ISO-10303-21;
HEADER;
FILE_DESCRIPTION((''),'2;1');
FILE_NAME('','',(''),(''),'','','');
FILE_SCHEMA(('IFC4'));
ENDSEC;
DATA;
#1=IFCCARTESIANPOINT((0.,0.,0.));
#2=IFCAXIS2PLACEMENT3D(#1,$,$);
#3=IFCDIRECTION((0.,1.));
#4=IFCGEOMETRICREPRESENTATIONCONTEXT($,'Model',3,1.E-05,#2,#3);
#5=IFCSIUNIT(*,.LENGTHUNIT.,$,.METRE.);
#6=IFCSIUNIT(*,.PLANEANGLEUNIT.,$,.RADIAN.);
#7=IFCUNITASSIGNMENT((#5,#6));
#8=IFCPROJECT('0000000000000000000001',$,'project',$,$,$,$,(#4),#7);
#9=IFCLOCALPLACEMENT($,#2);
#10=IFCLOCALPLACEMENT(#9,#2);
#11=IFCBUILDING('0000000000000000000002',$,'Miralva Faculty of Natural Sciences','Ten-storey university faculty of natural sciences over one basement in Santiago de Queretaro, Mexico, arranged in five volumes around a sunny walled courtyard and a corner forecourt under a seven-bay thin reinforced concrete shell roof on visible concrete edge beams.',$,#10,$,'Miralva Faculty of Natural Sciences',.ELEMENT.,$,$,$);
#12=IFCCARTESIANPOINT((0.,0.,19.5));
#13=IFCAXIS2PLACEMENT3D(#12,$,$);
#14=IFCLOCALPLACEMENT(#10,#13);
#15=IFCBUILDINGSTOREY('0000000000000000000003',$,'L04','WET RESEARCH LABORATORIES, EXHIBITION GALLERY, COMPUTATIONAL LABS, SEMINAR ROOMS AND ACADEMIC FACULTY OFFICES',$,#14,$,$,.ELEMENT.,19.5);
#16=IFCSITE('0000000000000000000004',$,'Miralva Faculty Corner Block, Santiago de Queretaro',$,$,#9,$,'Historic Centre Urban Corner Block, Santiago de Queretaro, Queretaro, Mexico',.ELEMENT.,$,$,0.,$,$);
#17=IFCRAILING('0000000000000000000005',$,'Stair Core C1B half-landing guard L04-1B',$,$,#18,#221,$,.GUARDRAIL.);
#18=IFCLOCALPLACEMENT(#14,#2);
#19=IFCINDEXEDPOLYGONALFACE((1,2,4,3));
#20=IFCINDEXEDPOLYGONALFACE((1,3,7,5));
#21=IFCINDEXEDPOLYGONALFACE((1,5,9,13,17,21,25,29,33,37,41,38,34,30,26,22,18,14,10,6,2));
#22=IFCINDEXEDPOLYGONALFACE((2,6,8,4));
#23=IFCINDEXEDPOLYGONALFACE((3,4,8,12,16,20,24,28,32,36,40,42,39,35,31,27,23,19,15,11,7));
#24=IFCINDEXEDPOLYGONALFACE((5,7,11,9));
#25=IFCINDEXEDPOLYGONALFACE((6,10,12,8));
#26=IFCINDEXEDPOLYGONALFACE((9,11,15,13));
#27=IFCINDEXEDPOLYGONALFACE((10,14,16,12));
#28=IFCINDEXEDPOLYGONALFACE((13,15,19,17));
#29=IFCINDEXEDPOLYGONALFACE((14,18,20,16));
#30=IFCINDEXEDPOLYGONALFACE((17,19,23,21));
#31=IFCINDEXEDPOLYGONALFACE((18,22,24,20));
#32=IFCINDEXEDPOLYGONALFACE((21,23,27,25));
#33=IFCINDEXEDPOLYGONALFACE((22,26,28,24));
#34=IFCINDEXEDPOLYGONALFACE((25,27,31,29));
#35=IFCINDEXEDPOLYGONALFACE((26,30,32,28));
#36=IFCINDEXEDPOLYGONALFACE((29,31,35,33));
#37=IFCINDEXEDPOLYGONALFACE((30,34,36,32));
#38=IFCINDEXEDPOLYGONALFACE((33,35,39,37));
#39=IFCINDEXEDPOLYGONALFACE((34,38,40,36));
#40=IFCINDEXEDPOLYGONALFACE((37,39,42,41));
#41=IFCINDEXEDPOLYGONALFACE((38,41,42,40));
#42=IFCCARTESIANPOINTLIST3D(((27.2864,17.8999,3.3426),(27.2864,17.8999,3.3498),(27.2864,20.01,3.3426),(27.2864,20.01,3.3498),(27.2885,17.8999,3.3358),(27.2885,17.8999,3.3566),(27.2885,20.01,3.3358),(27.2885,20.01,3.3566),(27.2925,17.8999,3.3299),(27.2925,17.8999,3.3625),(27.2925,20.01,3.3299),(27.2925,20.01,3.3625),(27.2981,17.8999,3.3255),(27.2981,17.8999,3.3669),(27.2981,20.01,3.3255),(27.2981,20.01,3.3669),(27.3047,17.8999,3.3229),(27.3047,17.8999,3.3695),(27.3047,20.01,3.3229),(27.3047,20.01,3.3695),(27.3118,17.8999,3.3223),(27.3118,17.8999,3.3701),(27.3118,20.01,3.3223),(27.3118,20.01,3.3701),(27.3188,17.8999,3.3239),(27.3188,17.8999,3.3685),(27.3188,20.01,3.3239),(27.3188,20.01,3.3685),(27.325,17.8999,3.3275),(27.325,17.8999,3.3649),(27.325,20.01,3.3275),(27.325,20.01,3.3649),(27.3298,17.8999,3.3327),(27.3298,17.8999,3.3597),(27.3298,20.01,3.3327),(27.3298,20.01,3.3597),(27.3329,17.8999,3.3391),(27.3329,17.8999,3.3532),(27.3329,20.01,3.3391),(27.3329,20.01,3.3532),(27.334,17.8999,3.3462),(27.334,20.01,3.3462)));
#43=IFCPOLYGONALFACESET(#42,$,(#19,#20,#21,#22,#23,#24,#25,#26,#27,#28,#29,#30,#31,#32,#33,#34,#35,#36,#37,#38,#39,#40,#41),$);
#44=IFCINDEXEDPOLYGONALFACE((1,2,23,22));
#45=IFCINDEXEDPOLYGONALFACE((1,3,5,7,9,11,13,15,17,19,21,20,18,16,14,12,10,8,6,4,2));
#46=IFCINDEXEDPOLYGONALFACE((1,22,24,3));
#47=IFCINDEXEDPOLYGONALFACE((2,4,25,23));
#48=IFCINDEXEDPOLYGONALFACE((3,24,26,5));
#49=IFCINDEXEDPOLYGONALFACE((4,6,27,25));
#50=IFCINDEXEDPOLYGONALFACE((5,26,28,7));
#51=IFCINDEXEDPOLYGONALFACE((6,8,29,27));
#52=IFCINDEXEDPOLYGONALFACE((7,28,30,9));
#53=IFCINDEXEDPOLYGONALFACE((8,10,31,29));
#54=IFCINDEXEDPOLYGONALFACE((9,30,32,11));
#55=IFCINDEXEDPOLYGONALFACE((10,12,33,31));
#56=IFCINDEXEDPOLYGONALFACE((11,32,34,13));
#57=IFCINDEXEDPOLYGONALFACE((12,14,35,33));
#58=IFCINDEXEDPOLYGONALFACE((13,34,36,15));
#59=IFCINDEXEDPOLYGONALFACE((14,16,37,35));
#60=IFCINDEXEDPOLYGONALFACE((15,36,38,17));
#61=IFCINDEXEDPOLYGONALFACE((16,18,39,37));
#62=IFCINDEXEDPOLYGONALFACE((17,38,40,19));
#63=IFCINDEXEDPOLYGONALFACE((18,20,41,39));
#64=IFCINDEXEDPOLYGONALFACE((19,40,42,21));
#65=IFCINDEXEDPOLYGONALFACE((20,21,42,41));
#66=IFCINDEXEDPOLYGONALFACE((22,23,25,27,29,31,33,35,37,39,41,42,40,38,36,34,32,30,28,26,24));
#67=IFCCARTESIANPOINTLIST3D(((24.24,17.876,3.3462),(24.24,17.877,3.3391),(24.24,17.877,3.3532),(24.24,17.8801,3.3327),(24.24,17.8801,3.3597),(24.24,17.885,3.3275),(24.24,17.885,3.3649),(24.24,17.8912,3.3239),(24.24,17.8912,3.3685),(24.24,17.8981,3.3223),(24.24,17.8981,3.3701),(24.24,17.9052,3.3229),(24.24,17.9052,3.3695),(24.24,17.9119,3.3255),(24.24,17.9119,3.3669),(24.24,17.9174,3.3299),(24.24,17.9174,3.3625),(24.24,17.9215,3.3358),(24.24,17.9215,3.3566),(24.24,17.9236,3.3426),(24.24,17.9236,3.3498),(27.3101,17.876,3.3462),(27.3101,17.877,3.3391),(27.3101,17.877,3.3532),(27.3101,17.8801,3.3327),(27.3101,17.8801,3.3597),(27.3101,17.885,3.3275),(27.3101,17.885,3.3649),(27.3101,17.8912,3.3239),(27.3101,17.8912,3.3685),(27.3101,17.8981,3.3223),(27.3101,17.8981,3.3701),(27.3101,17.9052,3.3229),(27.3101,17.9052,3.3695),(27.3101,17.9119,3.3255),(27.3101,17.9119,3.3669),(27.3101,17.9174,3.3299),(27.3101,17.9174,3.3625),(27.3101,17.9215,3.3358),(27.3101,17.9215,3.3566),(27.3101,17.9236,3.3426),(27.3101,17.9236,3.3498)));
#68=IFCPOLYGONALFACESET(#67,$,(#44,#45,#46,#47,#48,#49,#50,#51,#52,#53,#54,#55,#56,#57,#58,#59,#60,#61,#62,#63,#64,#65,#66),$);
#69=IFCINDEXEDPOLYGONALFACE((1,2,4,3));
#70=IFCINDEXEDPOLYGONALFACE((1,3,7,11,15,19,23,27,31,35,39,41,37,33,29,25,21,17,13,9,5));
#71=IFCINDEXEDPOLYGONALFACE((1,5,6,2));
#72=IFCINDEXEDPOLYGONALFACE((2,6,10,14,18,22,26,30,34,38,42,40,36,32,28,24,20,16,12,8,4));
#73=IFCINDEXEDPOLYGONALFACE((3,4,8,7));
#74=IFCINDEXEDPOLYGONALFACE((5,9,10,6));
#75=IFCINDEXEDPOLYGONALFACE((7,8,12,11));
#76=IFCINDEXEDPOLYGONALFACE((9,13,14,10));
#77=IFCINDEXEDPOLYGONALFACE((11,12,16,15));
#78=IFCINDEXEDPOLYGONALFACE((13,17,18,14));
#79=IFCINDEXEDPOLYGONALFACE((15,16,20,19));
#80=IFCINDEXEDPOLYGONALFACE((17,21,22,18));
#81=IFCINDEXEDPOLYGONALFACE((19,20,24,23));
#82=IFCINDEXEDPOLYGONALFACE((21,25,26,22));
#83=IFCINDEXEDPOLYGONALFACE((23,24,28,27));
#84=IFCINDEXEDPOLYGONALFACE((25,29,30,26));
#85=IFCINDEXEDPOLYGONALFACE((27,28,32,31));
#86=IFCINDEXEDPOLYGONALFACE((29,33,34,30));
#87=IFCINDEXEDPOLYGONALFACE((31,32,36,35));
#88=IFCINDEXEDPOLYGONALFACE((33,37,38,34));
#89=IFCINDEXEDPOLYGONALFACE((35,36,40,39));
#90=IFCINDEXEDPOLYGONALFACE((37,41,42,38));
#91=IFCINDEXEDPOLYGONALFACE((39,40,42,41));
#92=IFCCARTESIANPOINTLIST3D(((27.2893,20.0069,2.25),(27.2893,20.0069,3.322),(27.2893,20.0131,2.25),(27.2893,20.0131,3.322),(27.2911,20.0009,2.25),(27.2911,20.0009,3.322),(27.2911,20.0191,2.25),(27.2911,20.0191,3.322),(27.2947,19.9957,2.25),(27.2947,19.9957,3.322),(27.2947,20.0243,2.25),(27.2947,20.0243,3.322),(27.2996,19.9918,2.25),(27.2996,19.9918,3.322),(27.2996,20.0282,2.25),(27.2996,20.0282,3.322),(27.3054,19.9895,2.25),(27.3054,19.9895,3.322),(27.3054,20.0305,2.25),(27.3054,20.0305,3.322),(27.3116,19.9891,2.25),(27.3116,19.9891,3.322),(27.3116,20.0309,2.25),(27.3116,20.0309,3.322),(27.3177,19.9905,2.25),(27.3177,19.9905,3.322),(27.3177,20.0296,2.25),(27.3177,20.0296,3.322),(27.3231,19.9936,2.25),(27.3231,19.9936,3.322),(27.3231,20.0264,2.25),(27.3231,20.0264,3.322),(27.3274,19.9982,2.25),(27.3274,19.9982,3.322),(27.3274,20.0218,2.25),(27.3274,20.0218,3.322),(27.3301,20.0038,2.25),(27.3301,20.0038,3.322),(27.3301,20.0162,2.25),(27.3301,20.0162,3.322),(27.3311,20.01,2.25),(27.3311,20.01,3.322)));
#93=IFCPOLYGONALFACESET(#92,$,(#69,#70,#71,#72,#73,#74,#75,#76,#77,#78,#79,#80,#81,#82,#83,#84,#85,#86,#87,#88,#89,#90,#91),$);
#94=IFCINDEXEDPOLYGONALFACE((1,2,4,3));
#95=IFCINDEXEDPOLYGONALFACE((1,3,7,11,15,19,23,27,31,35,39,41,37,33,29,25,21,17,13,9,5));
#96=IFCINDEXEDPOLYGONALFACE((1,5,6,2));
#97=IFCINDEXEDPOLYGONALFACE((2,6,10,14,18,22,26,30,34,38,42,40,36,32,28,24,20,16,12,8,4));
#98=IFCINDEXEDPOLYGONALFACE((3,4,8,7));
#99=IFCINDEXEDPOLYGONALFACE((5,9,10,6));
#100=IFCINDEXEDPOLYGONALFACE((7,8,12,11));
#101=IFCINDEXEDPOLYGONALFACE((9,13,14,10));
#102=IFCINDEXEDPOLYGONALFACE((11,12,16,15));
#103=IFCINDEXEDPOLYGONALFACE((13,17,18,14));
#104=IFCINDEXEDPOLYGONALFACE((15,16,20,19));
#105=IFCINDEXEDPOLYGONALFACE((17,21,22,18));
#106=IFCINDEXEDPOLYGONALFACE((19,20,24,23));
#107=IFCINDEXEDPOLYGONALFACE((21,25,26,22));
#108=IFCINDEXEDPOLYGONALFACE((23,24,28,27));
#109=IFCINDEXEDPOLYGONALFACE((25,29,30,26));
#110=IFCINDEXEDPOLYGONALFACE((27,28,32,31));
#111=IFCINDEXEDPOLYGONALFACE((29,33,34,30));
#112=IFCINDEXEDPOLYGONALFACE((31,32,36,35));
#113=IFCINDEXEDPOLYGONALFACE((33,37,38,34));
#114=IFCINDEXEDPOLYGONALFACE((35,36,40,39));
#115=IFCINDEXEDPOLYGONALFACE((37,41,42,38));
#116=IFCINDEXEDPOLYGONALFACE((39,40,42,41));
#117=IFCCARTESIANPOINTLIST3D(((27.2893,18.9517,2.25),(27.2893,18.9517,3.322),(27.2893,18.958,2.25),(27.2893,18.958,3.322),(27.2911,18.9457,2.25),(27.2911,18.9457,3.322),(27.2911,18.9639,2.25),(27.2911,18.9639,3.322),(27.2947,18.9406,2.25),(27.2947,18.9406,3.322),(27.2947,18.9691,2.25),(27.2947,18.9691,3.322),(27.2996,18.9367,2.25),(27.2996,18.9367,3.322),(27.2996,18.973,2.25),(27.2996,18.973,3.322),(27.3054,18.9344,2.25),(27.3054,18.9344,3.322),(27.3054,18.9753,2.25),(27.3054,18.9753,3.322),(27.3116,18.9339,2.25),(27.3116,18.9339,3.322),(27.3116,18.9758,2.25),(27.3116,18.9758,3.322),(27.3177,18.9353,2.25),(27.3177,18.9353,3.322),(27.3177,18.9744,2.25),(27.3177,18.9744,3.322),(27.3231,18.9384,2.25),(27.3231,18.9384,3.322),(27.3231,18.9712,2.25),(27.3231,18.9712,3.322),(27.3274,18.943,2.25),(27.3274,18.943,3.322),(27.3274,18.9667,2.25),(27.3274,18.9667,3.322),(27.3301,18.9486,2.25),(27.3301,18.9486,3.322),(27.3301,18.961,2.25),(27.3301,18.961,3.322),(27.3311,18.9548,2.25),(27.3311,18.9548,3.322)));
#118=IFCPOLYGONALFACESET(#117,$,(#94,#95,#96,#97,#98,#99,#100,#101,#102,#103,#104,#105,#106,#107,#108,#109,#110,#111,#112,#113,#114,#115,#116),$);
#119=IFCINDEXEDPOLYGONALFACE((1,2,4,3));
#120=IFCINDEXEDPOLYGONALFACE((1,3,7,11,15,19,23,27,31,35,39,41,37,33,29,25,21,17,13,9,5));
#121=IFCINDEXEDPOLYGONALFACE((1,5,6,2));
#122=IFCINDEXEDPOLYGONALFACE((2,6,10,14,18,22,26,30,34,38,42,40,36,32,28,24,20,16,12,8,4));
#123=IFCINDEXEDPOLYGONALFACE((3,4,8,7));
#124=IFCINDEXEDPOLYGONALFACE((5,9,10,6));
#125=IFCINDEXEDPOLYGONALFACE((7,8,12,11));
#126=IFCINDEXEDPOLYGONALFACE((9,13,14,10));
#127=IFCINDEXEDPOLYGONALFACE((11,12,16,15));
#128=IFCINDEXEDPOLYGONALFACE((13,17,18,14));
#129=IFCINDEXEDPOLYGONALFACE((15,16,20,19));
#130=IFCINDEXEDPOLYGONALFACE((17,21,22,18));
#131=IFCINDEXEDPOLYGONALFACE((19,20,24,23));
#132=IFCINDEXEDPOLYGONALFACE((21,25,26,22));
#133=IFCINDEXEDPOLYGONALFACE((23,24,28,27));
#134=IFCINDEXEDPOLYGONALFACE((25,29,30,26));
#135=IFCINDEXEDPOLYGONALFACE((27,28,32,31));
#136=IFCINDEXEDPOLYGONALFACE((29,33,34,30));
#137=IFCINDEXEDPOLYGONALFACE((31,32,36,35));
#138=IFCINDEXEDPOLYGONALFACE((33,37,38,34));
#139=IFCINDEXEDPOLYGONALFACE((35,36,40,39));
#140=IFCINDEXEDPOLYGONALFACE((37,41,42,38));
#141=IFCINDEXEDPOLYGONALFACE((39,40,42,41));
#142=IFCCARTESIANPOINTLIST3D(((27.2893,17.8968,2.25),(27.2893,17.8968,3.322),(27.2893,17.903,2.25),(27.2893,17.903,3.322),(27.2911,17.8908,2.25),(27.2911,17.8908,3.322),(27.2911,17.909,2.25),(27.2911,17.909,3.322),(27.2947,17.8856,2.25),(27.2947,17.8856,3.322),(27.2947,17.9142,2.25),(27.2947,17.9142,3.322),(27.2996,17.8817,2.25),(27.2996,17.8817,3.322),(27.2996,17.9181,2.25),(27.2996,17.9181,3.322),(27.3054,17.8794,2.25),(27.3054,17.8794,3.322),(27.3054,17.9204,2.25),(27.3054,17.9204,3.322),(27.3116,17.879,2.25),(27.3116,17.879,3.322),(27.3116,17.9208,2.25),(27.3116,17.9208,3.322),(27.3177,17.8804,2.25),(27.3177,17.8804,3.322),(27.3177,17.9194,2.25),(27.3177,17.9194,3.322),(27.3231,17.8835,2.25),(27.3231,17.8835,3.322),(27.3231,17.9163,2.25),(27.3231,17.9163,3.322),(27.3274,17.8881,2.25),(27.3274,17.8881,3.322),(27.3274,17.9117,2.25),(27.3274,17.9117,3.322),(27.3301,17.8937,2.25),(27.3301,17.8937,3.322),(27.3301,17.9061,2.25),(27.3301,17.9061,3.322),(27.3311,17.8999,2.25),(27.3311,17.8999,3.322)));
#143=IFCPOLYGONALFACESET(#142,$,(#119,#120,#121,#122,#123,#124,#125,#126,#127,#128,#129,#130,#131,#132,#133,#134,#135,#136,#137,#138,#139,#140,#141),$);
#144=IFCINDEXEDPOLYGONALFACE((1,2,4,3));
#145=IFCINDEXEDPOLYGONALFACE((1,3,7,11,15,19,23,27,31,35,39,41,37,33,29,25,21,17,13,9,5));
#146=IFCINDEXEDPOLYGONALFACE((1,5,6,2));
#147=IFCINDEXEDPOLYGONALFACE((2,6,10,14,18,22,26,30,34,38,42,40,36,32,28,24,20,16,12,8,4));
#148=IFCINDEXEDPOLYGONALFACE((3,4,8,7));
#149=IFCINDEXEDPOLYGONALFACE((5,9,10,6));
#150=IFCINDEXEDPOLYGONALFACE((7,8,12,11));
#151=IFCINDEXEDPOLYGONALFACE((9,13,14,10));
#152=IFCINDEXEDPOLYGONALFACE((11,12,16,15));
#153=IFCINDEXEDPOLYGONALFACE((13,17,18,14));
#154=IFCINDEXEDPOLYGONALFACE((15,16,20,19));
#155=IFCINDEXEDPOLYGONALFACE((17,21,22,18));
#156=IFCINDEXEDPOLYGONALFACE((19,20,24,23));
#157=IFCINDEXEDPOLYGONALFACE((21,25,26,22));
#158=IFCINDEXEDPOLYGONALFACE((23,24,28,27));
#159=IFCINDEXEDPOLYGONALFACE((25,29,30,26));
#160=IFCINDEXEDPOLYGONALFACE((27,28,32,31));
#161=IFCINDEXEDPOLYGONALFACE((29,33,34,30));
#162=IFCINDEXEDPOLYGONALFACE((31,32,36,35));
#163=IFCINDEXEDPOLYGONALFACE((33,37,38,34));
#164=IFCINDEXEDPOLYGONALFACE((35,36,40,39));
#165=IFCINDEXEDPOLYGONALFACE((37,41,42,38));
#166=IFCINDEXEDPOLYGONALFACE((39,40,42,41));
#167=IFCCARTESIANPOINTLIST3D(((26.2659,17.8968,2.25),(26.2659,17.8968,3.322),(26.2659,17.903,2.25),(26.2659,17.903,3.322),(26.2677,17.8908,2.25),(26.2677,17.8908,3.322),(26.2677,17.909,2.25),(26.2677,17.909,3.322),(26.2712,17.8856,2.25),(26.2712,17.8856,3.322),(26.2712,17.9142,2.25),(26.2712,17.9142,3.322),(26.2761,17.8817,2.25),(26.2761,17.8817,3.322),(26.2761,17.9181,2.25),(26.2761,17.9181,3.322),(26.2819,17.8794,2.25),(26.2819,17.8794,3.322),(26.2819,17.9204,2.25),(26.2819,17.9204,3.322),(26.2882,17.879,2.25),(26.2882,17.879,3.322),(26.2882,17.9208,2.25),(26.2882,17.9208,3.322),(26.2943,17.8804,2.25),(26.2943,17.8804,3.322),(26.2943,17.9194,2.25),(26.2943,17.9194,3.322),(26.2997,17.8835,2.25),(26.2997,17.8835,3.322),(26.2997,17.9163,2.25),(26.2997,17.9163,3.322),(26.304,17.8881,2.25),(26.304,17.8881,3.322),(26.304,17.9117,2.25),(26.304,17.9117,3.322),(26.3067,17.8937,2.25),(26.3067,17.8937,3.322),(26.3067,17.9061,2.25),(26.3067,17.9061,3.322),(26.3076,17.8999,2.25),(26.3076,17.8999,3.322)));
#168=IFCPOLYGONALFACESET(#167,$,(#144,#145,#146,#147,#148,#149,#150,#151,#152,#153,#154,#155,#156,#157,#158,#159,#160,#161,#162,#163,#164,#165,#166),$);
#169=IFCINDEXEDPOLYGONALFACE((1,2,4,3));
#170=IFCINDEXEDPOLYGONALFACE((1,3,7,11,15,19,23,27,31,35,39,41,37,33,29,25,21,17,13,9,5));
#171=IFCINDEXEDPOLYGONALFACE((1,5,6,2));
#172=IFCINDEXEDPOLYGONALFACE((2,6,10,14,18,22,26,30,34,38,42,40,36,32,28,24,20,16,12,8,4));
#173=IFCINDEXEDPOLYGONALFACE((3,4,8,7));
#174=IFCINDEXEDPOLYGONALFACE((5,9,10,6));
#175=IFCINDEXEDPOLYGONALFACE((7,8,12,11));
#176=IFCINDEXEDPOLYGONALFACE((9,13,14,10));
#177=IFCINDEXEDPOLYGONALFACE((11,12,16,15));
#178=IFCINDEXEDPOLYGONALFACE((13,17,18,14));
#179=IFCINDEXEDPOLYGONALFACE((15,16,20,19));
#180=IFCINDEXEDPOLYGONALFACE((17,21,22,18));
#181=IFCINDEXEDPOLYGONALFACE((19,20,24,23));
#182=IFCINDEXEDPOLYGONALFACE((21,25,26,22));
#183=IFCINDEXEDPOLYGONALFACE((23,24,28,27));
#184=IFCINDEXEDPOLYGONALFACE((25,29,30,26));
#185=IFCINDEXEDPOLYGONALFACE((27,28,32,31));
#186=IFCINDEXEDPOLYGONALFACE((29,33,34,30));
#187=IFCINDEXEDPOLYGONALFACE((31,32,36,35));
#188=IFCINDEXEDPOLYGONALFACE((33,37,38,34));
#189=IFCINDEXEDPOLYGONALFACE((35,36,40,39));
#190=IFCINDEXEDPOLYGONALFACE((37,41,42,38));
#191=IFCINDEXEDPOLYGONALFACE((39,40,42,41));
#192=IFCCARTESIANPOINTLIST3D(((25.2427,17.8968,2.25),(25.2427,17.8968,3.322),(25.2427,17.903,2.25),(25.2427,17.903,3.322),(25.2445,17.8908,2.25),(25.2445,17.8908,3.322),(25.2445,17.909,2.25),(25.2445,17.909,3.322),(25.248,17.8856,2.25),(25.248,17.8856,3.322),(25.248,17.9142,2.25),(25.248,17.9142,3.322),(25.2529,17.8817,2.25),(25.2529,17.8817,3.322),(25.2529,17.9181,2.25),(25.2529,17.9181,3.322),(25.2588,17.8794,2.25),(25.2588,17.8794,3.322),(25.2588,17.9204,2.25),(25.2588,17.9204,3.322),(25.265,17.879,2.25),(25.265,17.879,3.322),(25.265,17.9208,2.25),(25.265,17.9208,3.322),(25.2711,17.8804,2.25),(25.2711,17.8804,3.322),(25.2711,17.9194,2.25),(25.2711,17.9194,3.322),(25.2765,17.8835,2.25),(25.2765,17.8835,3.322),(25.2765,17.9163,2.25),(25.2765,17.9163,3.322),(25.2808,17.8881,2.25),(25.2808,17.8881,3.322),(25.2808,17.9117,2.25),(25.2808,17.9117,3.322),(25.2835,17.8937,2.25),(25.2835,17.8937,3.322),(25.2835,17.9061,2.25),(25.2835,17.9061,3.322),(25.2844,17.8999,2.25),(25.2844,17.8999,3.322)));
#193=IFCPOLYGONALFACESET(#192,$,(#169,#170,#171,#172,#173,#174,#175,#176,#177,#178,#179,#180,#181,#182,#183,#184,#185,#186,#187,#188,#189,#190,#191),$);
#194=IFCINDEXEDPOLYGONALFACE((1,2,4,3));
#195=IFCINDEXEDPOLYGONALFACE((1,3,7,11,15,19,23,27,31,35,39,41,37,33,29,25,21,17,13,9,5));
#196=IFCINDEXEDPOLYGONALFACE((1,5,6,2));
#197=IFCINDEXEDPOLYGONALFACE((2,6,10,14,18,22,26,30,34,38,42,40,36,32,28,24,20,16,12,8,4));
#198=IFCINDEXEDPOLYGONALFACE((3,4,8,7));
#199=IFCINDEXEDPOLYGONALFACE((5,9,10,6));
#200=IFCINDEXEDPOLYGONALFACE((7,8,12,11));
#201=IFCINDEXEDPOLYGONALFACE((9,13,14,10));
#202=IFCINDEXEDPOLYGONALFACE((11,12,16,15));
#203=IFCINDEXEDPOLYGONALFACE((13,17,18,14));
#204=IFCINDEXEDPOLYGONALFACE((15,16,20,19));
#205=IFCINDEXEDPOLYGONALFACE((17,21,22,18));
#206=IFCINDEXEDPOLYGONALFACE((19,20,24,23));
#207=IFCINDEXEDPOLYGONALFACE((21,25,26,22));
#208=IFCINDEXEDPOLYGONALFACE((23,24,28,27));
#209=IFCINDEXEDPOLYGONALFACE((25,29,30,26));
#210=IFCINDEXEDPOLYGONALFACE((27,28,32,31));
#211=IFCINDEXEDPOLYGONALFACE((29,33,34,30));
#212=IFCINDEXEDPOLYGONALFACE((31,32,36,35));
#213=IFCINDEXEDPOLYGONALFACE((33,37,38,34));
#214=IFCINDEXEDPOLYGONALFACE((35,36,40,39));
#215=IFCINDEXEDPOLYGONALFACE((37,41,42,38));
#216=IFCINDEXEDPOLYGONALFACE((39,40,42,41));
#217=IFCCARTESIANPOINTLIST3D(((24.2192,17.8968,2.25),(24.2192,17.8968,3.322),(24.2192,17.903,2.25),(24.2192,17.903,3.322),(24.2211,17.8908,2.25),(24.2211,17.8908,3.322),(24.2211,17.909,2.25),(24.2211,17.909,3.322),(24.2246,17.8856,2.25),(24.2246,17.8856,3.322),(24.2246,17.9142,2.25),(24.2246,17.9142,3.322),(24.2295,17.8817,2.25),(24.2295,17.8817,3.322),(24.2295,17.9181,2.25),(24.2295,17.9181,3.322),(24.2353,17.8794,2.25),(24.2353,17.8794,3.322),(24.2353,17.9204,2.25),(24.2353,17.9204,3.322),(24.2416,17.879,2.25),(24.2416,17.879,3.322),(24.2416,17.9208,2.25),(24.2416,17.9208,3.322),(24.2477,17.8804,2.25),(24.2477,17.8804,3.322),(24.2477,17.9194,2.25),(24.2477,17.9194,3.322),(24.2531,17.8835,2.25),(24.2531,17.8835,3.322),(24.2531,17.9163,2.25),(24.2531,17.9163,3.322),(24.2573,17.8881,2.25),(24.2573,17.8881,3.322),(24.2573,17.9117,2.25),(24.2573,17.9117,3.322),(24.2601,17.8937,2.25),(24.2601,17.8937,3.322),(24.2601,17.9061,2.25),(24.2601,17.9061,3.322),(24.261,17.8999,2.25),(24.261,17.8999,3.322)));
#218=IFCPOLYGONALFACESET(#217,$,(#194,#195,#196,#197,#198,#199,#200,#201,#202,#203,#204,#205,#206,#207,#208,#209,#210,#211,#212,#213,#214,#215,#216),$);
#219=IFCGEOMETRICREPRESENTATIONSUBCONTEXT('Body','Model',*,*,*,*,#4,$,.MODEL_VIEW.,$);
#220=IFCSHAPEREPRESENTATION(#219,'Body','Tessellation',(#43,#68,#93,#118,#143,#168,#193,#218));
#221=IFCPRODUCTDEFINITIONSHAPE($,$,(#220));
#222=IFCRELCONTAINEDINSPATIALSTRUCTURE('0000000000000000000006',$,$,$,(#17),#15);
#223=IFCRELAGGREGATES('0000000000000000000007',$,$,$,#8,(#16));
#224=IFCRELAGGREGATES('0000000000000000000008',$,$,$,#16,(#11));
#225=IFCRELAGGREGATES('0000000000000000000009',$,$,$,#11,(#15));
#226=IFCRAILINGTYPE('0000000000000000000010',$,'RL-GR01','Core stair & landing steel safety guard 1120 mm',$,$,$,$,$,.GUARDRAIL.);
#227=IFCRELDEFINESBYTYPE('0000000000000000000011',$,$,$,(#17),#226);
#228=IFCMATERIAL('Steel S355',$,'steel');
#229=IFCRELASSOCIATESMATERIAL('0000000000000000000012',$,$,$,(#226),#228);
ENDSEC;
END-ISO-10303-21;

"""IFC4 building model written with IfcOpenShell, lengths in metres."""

from ifc_helpers import new_model, si_unit, direction, frame, origin, origin_2d, place, context, subcontext, project, spatial, circle, extrude, material, type_object, element, save


model = new_model("IFC4")

# Units and contexts
model_context = context("Model", 3, precision=1e-05, world=origin(), true_north=direction((0.0, 1.0)))
body_context = subcontext(model_context, "Body", "Model", "MODEL_VIEW")
ifc_project = project(units=[si_unit("LENGTHUNIT", "METRE"), si_unit("PLANEANGLEUNIT", "RADIAN")], contexts=[model_context])

# Site, building, storey
site_placement = place(None, origin())
site = spatial("IfcSite", under=ifc_project, at=site_placement, Name="Miralva Faculty Corner Block, Santiago de Queretaro", LongName="Historic Centre Urban Corner Block, Santiago de Queretaro, Queretaro, Mexico", CompositionType="ELEMENT", RefElevation=0.0)
building_placement = place(site_placement, origin())
building = spatial("IfcBuilding", under=site, at=building_placement, Name="Miralva Faculty of Natural Sciences", Description="Ten-storey university faculty of natural sciences over one basement in Santiago de Queretaro, Mexico, arranged in five volumes around a sunny walled courtyard and a corner forecourt under a seven-bay thin reinforced concrete shell roof on visible concrete edge beams.", LongName="Miralva Faculty of Natural Sciences", CompositionType="ELEMENT")
storey_placement = place(building_placement, frame((0.0, 0.0, 19.5)))
storey = spatial("IfcBuildingStorey", under=building, at=storey_placement, Name="L04", Description="WET RESEARCH LABORATORIES, EXHIBITION GALLERY, COMPUTATIONAL LABS, SEMINAR ROOMS AND ACADEMIC FACULTY OFFICES", CompositionType="ELEMENT", Elevation=19.5)

# Railing
ifc_material_1 = material(Name="Steel S355", Category="steel")
railing_type = type_object("IfcRailingType", Name="RL-GR01", Description="Core stair & landing steel safety guard 1120 mm", PredefinedType="GUARDRAIL", material=ifc_material_1)
railing_1_placement = place(storey_placement, frame((27.3101, 20.01, 2.25)))
element("IfcRailing", 1, at=railing_1_placement, inside=storey, type_object=railing_type, Name="Stair Core C1B half-landing guard L04-1B", PredefinedType="GUARDRAIL", context=body_context, shape_type="SweptSolid", body=[
    extrude(circle(Radius=0.0239, at=origin_2d()), frame((0.0, 0.0, 1.0962), z_axis=(0.0, -1.0, 0.0), x_axis=(1.0, 0.0, 0.0)), (0.0, 0.0, 1.0), 2.1101),
    extrude(circle(Radius=0.0239, at=origin_2d()), frame((0.0, -2.1101, 1.0962), z_axis=(-1.0, 0.0, 0.0), x_axis=(0.0, -1.0, 0.0)), (0.0, 0.0, 1.0), 3.0701),
    extrude(circle(Radius=0.021, at=origin_2d()), origin(), (0.0, 0.0, 1.0), 1.072),
    extrude(circle(Radius=0.021, at=origin_2d()), frame((0.0, -1.0552, 0.0)), (0.0, 0.0, 1.0), 1.072),
    extrude(circle(Radius=0.021, at=origin_2d()), frame((0.0, -2.1101, 0.0)), (0.0, 0.0, 1.0), 1.072),
    extrude(circle(Radius=0.021, at=origin_2d()), frame((-1.0234, -2.1101, 0.0)), (0.0, 0.0, 1.0), 1.072),
    extrude(circle(Radius=0.021, at=origin_2d()), frame((-2.0466, -2.1101, 0.0)), (0.0, 0.0, 1.0), 1.072),
    extrude(circle(Radius=0.021, at=origin_2d()), frame((-3.0701, -2.1101, 0.0)), (0.0, 0.0, 1.0), 1.072),
])

save(model, "model.ifc")
